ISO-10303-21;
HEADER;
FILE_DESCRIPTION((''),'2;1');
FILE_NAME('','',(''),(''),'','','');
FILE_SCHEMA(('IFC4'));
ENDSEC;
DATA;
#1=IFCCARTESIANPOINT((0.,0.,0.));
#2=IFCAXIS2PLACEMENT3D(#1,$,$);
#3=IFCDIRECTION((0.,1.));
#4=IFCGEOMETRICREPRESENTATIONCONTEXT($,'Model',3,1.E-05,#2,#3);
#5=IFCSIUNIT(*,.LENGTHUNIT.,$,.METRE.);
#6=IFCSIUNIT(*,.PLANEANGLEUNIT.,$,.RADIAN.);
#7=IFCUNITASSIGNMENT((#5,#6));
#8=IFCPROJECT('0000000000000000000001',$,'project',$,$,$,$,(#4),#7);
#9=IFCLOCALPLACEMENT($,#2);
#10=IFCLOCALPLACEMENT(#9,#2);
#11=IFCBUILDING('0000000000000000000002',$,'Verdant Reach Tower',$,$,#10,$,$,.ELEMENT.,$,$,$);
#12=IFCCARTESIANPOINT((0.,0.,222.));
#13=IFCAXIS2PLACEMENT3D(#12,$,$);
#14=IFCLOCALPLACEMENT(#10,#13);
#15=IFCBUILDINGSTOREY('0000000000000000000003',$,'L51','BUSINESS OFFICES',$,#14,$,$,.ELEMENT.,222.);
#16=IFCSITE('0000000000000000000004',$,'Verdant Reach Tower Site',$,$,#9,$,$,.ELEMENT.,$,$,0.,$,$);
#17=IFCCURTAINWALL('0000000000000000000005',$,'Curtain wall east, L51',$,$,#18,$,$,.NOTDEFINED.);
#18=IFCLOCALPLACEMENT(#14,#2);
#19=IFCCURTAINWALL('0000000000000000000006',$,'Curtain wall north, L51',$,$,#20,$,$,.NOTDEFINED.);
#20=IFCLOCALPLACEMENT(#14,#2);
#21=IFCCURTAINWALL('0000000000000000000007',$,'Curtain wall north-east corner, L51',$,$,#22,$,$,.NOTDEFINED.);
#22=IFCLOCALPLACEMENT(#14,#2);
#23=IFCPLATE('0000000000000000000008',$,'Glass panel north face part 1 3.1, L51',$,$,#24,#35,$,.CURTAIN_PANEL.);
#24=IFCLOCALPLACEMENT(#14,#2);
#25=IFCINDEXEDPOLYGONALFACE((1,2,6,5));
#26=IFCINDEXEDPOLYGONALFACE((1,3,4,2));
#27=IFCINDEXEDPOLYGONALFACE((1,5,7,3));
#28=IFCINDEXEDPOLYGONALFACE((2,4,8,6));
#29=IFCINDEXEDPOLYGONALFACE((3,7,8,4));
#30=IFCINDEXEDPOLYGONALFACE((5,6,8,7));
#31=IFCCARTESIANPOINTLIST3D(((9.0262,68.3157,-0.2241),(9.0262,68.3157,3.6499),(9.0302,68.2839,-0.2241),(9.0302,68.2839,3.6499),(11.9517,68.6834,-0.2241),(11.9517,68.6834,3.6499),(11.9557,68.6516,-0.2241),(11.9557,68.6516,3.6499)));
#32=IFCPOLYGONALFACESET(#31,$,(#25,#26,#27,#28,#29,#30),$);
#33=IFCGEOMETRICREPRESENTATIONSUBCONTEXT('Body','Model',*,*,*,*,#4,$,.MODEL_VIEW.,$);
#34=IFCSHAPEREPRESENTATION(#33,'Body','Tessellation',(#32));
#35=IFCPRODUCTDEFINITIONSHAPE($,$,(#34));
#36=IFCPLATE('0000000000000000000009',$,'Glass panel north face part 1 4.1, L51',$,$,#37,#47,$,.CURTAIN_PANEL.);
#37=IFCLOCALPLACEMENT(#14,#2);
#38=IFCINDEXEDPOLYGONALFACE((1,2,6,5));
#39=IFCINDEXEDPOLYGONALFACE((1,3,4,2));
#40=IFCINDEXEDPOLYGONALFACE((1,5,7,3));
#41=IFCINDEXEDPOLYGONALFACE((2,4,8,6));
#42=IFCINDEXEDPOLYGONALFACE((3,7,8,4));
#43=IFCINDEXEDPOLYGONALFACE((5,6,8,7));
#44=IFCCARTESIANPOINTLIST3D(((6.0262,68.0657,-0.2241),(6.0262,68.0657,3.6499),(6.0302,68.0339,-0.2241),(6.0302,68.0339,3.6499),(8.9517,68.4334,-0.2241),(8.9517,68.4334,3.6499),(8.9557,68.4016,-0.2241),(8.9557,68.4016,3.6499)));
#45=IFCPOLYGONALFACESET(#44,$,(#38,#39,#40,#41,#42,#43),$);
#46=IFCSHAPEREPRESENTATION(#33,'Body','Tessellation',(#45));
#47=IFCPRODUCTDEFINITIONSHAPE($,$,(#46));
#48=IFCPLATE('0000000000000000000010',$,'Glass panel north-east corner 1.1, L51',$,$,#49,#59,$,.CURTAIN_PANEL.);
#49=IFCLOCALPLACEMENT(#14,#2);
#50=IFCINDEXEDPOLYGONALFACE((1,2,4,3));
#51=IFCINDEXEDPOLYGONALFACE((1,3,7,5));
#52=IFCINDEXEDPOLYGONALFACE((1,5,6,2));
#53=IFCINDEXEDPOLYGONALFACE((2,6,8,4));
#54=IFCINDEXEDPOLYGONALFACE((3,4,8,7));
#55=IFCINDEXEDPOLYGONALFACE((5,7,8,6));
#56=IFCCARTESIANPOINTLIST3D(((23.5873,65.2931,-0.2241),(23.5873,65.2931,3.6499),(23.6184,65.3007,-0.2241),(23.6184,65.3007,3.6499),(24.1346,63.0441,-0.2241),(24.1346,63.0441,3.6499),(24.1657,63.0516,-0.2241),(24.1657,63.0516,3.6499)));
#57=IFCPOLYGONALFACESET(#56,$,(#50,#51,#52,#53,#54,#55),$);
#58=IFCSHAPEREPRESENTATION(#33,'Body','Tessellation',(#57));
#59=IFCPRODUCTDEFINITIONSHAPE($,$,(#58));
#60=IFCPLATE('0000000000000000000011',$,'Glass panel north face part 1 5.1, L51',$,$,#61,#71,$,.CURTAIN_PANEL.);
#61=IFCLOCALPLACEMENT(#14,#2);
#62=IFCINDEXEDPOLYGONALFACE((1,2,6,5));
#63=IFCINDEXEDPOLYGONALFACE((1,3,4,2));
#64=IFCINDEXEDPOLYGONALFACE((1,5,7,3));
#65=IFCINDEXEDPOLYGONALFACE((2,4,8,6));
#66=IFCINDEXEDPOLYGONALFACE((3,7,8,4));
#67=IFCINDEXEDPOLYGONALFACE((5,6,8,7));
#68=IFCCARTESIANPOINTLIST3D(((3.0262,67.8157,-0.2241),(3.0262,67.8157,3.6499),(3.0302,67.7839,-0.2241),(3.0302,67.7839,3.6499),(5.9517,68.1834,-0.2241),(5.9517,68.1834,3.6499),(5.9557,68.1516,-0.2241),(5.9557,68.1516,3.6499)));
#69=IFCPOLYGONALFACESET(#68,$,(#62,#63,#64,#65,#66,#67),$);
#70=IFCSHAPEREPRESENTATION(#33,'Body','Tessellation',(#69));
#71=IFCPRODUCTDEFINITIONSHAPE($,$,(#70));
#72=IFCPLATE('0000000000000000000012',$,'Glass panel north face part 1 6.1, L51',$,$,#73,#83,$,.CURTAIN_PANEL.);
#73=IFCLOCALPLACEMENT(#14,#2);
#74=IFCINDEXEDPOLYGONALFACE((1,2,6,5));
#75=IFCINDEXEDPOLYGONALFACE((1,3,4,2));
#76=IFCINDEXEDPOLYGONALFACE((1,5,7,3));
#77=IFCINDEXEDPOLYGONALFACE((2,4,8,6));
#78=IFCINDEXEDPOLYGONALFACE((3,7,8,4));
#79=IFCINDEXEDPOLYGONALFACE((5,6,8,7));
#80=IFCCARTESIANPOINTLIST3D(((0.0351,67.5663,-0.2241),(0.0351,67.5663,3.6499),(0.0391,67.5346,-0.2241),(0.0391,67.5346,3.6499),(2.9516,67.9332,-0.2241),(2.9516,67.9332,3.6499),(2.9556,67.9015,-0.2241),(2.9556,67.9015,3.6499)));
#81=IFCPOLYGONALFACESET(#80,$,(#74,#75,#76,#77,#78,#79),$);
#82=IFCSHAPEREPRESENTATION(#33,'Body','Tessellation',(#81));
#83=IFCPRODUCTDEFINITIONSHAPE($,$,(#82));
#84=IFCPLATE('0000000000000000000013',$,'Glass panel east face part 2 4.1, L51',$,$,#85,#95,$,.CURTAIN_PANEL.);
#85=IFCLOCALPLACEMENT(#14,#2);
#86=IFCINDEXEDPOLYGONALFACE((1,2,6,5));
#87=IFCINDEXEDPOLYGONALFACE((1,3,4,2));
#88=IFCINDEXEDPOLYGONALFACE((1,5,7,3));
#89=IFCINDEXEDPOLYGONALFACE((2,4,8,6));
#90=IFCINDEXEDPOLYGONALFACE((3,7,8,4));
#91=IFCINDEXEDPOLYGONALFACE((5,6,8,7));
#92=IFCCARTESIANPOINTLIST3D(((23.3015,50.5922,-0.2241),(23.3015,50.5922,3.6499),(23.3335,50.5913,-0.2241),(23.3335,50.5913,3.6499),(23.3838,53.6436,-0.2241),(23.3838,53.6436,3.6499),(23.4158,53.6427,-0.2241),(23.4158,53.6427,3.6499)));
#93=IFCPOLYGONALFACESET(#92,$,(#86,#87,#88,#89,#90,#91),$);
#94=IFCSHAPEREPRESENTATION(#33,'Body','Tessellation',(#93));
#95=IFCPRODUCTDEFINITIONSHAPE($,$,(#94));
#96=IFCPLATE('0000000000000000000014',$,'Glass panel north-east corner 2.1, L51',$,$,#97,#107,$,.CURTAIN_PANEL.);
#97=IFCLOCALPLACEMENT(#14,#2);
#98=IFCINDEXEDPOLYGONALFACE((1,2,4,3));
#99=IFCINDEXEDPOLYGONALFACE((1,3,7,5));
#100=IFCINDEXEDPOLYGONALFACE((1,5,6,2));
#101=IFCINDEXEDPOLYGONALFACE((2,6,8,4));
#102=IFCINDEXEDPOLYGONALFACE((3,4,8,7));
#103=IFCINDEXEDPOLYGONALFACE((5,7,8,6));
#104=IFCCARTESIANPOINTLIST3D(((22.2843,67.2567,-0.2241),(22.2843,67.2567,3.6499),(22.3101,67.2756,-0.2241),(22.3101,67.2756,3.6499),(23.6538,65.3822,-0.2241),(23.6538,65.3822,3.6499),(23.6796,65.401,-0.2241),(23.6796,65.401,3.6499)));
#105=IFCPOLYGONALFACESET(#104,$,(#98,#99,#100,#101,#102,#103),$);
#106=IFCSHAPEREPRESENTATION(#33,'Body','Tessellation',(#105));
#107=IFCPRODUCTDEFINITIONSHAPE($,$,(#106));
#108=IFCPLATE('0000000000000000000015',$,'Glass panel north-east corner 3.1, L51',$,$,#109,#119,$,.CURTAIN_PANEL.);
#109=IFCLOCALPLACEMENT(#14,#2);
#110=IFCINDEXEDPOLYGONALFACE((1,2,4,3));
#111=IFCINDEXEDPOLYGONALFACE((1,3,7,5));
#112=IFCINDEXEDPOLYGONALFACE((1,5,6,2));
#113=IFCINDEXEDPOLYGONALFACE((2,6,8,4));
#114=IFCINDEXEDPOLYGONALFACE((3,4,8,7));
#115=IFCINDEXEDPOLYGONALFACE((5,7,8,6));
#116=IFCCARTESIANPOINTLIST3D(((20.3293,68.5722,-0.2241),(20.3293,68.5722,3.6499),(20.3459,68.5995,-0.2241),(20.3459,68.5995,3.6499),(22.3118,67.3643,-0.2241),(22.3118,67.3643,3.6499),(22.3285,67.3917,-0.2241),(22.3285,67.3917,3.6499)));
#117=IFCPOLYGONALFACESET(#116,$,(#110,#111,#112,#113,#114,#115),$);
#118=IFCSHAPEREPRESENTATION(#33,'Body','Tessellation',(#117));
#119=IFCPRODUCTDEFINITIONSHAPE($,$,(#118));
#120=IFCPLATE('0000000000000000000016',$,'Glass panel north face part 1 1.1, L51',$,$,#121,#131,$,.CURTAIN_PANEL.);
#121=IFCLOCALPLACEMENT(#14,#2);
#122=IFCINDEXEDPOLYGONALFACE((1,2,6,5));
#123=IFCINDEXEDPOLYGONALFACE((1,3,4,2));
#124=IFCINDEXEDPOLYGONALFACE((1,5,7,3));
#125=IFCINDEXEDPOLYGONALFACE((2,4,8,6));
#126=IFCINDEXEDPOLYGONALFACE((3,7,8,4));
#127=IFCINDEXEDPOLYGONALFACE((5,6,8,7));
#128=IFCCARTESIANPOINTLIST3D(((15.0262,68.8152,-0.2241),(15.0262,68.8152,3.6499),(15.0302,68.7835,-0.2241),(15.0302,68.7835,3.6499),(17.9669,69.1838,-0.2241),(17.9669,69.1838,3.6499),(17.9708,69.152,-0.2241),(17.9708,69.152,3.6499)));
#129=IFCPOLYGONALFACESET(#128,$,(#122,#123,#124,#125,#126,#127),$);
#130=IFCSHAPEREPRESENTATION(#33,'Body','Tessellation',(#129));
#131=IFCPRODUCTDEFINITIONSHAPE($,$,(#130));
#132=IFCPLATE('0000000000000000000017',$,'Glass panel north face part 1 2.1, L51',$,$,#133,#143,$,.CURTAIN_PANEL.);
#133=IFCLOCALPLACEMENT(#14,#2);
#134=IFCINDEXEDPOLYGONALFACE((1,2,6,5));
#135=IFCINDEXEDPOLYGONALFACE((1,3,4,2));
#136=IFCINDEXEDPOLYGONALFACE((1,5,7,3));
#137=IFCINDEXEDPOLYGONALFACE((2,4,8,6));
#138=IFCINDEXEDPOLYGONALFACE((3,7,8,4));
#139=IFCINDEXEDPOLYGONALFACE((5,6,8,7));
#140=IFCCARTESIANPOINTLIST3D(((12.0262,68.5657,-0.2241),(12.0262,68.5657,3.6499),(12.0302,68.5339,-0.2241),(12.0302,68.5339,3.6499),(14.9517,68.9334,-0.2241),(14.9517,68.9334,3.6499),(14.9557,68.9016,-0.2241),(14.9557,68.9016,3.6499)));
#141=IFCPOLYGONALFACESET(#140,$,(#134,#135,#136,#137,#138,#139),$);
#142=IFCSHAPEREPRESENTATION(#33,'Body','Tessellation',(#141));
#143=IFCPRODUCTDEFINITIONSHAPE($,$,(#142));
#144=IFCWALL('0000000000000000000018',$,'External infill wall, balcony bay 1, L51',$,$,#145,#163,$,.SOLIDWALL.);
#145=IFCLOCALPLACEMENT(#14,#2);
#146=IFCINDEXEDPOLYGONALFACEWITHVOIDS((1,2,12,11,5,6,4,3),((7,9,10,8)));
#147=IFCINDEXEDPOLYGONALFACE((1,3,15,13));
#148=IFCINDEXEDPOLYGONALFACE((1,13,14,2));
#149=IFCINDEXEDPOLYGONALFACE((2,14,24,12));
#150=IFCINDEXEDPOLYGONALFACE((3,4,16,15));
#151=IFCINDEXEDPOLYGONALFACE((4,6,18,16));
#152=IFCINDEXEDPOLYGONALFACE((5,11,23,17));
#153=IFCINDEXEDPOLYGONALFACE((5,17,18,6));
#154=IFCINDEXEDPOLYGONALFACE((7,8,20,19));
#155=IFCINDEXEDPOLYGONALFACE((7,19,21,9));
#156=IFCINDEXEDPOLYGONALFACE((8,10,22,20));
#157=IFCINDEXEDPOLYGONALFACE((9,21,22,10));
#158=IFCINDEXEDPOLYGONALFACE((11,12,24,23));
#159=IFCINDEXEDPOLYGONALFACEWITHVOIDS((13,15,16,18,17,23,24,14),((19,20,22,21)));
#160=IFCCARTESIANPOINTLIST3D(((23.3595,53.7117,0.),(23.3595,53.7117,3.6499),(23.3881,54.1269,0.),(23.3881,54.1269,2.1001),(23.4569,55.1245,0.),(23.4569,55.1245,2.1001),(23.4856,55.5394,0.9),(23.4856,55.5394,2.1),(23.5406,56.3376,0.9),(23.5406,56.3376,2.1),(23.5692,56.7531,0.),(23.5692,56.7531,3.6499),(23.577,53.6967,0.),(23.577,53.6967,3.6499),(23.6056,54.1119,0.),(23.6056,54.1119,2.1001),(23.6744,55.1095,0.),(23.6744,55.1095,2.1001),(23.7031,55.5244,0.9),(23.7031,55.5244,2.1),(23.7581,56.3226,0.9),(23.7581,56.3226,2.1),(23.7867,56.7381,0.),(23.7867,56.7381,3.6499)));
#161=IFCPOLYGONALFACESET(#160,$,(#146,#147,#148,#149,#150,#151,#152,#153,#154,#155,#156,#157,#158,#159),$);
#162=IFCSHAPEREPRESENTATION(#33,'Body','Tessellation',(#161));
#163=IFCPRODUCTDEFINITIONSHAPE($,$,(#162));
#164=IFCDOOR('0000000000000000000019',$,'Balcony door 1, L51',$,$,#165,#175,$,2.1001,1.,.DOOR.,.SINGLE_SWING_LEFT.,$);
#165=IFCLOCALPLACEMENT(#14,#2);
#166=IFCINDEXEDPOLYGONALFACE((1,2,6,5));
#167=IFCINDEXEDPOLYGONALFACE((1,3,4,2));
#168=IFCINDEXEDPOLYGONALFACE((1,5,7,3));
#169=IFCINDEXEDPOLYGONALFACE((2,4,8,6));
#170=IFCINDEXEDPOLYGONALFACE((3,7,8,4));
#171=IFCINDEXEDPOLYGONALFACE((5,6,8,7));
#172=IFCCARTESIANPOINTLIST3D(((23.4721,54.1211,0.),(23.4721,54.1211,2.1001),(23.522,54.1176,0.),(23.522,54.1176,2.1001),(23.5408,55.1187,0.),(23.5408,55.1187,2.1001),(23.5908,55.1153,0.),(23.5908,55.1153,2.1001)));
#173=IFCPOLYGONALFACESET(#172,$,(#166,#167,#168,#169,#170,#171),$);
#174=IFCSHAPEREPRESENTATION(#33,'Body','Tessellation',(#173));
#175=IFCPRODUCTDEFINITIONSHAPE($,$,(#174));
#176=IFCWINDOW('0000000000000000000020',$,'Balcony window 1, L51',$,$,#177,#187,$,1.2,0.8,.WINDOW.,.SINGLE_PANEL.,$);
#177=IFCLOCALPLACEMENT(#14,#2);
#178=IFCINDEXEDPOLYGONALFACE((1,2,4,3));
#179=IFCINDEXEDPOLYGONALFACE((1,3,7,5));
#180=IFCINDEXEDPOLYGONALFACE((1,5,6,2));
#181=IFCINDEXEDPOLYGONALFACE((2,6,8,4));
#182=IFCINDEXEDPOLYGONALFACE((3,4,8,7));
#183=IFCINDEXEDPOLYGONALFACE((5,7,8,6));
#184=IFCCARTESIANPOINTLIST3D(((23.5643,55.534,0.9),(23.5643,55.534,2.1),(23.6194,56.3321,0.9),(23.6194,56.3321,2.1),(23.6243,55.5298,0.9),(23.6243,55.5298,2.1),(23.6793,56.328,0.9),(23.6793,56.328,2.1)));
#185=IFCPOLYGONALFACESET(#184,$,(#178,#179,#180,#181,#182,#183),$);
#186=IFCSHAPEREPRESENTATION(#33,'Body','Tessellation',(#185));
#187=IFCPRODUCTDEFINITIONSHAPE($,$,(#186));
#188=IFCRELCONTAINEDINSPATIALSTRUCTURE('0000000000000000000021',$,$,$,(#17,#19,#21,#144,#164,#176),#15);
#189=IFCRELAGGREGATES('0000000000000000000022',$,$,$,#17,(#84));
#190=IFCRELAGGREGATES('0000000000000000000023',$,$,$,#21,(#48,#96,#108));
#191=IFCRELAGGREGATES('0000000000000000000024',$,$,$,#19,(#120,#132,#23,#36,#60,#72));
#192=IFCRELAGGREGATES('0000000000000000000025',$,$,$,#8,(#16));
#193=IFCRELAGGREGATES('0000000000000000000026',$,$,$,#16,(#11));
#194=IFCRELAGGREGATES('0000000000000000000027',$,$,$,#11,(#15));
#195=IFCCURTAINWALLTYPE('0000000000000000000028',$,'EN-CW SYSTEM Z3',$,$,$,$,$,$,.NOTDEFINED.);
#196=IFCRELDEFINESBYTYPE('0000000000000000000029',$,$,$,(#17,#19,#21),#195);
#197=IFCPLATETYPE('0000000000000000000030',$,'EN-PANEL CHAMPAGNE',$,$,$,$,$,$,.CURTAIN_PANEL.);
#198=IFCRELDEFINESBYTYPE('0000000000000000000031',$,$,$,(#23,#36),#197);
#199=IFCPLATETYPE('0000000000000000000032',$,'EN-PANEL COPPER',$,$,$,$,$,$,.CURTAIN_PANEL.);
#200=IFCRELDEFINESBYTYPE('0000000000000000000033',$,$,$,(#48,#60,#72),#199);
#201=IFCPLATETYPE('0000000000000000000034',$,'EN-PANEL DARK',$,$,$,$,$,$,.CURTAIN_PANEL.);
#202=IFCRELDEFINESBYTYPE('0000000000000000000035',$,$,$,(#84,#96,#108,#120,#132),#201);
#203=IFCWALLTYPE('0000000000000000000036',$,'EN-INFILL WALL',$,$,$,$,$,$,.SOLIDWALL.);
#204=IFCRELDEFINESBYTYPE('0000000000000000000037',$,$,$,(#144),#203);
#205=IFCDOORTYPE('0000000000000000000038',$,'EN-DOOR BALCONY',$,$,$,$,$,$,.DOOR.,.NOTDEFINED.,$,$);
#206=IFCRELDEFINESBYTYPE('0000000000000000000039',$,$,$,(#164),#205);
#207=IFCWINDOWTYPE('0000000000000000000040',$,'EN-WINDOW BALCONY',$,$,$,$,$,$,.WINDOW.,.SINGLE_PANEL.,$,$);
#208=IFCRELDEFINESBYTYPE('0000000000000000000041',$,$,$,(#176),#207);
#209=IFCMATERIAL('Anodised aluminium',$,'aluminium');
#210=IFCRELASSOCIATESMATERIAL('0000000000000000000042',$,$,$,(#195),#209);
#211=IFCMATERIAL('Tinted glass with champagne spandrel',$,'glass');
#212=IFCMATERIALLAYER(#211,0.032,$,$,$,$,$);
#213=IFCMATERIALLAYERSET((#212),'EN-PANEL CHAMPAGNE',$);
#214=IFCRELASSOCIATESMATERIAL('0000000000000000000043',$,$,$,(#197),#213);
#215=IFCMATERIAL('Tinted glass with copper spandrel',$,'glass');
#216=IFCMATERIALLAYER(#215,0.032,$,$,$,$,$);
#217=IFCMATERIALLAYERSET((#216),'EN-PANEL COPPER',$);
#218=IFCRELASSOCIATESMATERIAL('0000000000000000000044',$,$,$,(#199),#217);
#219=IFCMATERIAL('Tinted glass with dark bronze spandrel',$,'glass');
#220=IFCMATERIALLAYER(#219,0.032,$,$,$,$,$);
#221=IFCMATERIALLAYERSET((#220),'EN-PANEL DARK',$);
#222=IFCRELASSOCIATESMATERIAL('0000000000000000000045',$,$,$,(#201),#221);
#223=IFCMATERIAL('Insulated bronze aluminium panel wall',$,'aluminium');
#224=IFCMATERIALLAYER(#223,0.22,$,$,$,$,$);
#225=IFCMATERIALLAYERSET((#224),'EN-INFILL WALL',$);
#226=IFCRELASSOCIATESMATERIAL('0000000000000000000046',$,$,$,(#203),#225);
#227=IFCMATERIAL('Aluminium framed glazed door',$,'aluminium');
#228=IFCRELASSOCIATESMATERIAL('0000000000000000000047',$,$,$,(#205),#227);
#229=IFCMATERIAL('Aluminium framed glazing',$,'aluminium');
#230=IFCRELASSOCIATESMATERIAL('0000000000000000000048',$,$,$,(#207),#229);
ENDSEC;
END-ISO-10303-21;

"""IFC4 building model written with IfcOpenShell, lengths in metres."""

from ifc_helpers import new_model, si_unit, direction, frame, frame_2d, origin, origin_2d, place, context, subcontext, project, spatial, rectangle, extrude, material, layer, layer_set, type_object, element, fill, aggregate, save


model = new_model("IFC4")

# Units and contexts
model_context = context("Model", 3, precision=1e-05, world=origin(), true_north=direction((0.0, 1.0)))
body_context = subcontext(model_context, "Body", "Model", "MODEL_VIEW")
ifc_project = project(units=[si_unit("LENGTHUNIT", "METRE"), si_unit("PLANEANGLEUNIT", "RADIAN")], contexts=[model_context])

# Site, building, storey
site_placement = place(None, origin())
site = spatial("IfcSite", under=ifc_project, at=site_placement, Name="Verdant Reach Tower Site", CompositionType="ELEMENT", RefElevation=0.0)
building_placement = place(site_placement, origin())
building = spatial("IfcBuilding", under=site, at=building_placement, Name="Verdant Reach Tower", CompositionType="ELEMENT")
storey_placement = place(building_placement, frame((0.0, 0.0, 222.0)))
storey = spatial("IfcBuildingStorey", under=building, at=storey_placement, Name="L51", Description="BUSINESS OFFICES", CompositionType="ELEMENT", Elevation=222.0)

# Curtain walls
ifc_material_1 = material(Name="Anodised aluminium", Category="aluminium")
curtain_wall_type = type_object("IfcCurtainWallType", Name="EN-CW SYSTEM Z3", PredefinedType="NOTDEFINED", material=ifc_material_1)
curtain_wall_1_placement = place(storey_placement, origin())
curtain_wall_1 = element("IfcCurtainWall", 1, at=curtain_wall_1_placement, inside=storey, type_object=curtain_wall_type, Name="Curtain wall east, L51", PredefinedType="NOTDEFINED")
curtain_wall_2_placement = place(storey_placement, origin())
curtain_wall_2 = element("IfcCurtainWall", 2, at=curtain_wall_2_placement, inside=storey, type_object=curtain_wall_type, Name="Curtain wall north, L51", PredefinedType="NOTDEFINED")

# Shared definitions
ifc_material_2 = material(Name="Tinted glass with champagne spandrel", Category="glass")
ifc_layer_1 = layer(ifc_material_2, 0.032)
ifc_layer_set_1 = layer_set([ifc_layer_1], Name="EN-PANEL CHAMPAGNE")
plate_type_1 = type_object("IfcPlateType", Name="EN-PANEL CHAMPAGNE", PredefinedType="CURTAIN_PANEL", material=ifc_layer_set_1)

# Curtain wall
curtain_wall_3_placement = place(storey_placement, origin())
curtain_wall_3 = element("IfcCurtainWall", 3, at=curtain_wall_3_placement, inside=storey, type_object=curtain_wall_type, Name="Curtain wall north-east corner, L51", PredefinedType="NOTDEFINED")

# Plates
plate_1_placement = place(storey_placement, frame((10.491, 68.4836, -0.2241), z_axis=(0.0, 0.0, 1.0), x_axis=(-0.992194, -0.124704, 0.0)))
plate_1 = element("IfcPlate", 4, at=plate_1_placement, type_object=plate_type_1, Name="Glass panel north face part 1 3.1, L51", PredefinedType="CURTAIN_PANEL", context=body_context, shape_type="SweptSolid", body=[
    extrude(rectangle(XDim=2.9485, YDim=0.032, at=origin_2d()), origin(), (0.0, 0.0, 1.0), 3.874),
])
plate_2_placement = place(storey_placement, frame((7.491, 68.2336, -0.2241), z_axis=(0.0, 0.0, 1.0), x_axis=(-0.992194, -0.124704, 0.0)))
plate_2 = element("IfcPlate", 5, at=plate_2_placement, type_object=plate_type_1, Name="Glass panel north face part 1 4.1, L51", PredefinedType="CURTAIN_PANEL", context=body_context, shape_type="SweptSolid", body=[
    extrude(rectangle(XDim=2.9485, YDim=0.032, at=origin_2d()), origin(), (0.0, 0.0, 1.0), 3.874),
])
ifc_material_3 = material(Name="Tinted glass with copper spandrel", Category="glass")
ifc_layer_2 = layer(ifc_material_3, 0.032)
ifc_layer_set_2 = layer_set([ifc_layer_2], Name="EN-PANEL COPPER")
plate_type_2 = type_object("IfcPlateType", Name="EN-PANEL COPPER", PredefinedType="CURTAIN_PANEL", material=ifc_layer_set_2)
plate_3_placement = place(storey_placement, frame((23.8765, 64.1724, -0.2241), z_axis=(0.0, 0.0, 1.0), x_axis=(-0.236446, 0.971645, 0.0)))
plate_3 = element("IfcPlate", 6, at=plate_3_placement, type_object=plate_type_2, Name="Glass panel north-east corner 1.1, L51", PredefinedType="CURTAIN_PANEL", context=body_context, shape_type="SweptSolid", body=[
    extrude(rectangle(XDim=2.3147, YDim=0.032, at=origin_2d()), origin(), (0.0, 0.0, 1.0), 3.874),
])
plate_4_placement = place(storey_placement, frame((4.491, 67.9836, -0.2241), z_axis=(0.0, 0.0, 1.0), x_axis=(-0.992194, -0.124704, 0.0)))
plate_4 = element("IfcPlate", 7, at=plate_4_placement, type_object=plate_type_2, Name="Glass panel north face part 1 5.1, L51", PredefinedType="CURTAIN_PANEL", context=body_context, shape_type="SweptSolid", body=[
    extrude(rectangle(XDim=2.9485, YDim=0.032, at=origin_2d()), origin(), (0.0, 0.0, 1.0), 3.874),
])
plate_5_placement = place(storey_placement, frame((1.4954, 67.7339, -0.2241), z_axis=(0.0, 0.0, 1.0), x_axis=(-0.992178, -0.124828, 0.0)))
plate_5 = element("IfcPlate", 8, at=plate_5_placement, type_object=plate_type_2, Name="Glass panel north face part 1 6.1, L51", PredefinedType="CURTAIN_PANEL", context=body_context, shape_type="SweptSolid", body=[
    extrude(rectangle(XDim=2.9395, YDim=0.032, at=origin_2d()), origin(), (0.0, 0.0, 1.0), 3.874),
])
ifc_material_4 = material(Name="Tinted glass with dark bronze spandrel", Category="glass")
ifc_layer_3 = layer(ifc_material_4, 0.032)
ifc_layer_set_3 = layer_set([ifc_layer_3], Name="EN-PANEL DARK")
plate_type_3 = type_object("IfcPlateType", Name="EN-PANEL DARK", PredefinedType="CURTAIN_PANEL", material=ifc_layer_set_3)
plate_6_placement = place(storey_placement, frame((23.3586, 52.1174, -0.2241), z_axis=(0.0, 0.0, 1.0), x_axis=(0.026965, 0.999636, 0.0)))
plate_6 = element("IfcPlate", 9, at=plate_6_placement, type_object=plate_type_3, Name="Glass panel east face part 2 4.1, L51", PredefinedType="CURTAIN_PANEL", context=body_context, shape_type="SweptSolid", body=[
    extrude(rectangle(XDim=3.0525, YDim=0.032, at=origin_2d()), origin(), (0.0, 0.0, 1.0), 3.874),
])
aggregate(curtain_wall_1, [plate_6])
plate_7_placement = place(storey_placement, frame((22.9819, 66.3289, -0.2241), z_axis=(0.0, 0.0, 1.0), x_axis=(-0.589927, 0.807457, 0.0)))
plate_7 = element("IfcPlate", 10, at=plate_7_placement, type_object=plate_type_3, Name="Glass panel north-east corner 2.1, L51", PredefinedType="CURTAIN_PANEL", context=body_context, shape_type="SweptSolid", body=[
    extrude(rectangle(XDim=2.3215, YDim=0.032, at=origin_2d()), origin(), (0.0, 0.0, 1.0), 3.874),
])
plate_8_placement = place(storey_placement, frame((21.3289, 67.9819, -0.2241), z_axis=(0.0, 0.0, 1.0), x_axis=(-0.853989, 0.520292, 0.0)))
plate_8 = element("IfcPlate", 11, at=plate_8_placement, type_object=plate_type_3, Name="Glass panel north-east corner 3.1, L51", PredefinedType="CURTAIN_PANEL", context=body_context, shape_type="SweptSolid", body=[
    extrude(rectangle(XDim=2.3215, YDim=0.032, at=origin_2d()), origin(), (0.0, 0.0, 1.0), 3.874),
])
aggregate(curtain_wall_3, [plate_3, plate_7, plate_8])
plate_9_placement = place(storey_placement, frame((16.4985, 68.9836, -0.2241), z_axis=(0.0, 0.0, 1.0), x_axis=(-0.992238, -0.124355, 0.0)))
plate_9 = element("IfcPlate", 12, at=plate_9_placement, type_object=plate_type_3, Name="Glass panel north face part 1 1.1, L51", PredefinedType="CURTAIN_PANEL", context=body_context, shape_type="SweptSolid", body=[
    extrude(rectangle(XDim=2.9636, YDim=0.032, at=origin_2d()), origin(), (0.0, 0.0, 1.0), 3.874),
])
plate_10_placement = place(storey_placement, frame((13.491, 68.7336, -0.2241), z_axis=(0.0, 0.0, 1.0), x_axis=(-0.992194, -0.124704, 0.0)))
plate_10 = element("IfcPlate", 13, at=plate_10_placement, type_object=plate_type_3, Name="Glass panel north face part 1 2.1, L51", PredefinedType="CURTAIN_PANEL", context=body_context, shape_type="SweptSolid", body=[
    extrude(rectangle(XDim=2.9485, YDim=0.032, at=origin_2d()), origin(), (0.0, 0.0, 1.0), 3.874),
])
aggregate(curtain_wall_2, [plate_9, plate_10, plate_1, plate_2, plate_4, plate_5])

# Wall, openings, door, window
ifc_material_5 = material(Name="Insulated bronze aluminium panel wall", Category="aluminium")
ifc_layer_4 = layer(ifc_material_5, 0.22)
ifc_layer_set_4 = layer_set([ifc_layer_4], Name="EN-INFILL WALL")
wall_type_1 = type_object("IfcWallType", Name="EN-INFILL WALL", PredefinedType="SOLIDWALL", material=ifc_layer_set_4)
wall_1_placement = place(storey_placement, frame((23.4683, 53.7041, 0.0), z_axis=(0.0, 0.0, 1.0), x_axis=(0.068794, 0.997631, 0.0)))
wall_1 = element("IfcWall", 14, at=wall_1_placement, inside=storey, type_object=wall_type_1, Name="External infill wall, balcony bay 1, L51", PredefinedType="SOLIDWALL", context=body_context, shape_type="SweptSolid", body=[
    extrude(rectangle(XDim=3.0486, YDim=0.218, at=frame_2d((1.5244, 0.0))), origin(), (0.0, 0.0, 1.0), 3.6499),
])
opening_1_placement = place(wall_1_placement, frame((0.4163, 0.0, 0.0)))
opening_1 = element("IfcOpeningElement", 15, at=opening_1_placement, cuts=wall_1, PredefinedType="OPENING", context=body_context, shape_type="SweptSolid", body=[
    extrude(rectangle(XDim=1.0, YDim=2.1001, at=frame_2d((0.5, 1.05))), frame((0.0, 0.1189, 0.0), z_axis=(0.0, -1.0, 0.0), x_axis=(1.0, 0.0, 0.0)), (0.0, 0.0, 1.0), 0.238),
])
opening_2_placement = place(wall_1_placement, frame((1.8323, 0.0, 0.8999)))
opening_2 = element("IfcOpeningElement", 16, at=opening_2_placement, cuts=wall_1, PredefinedType="OPENING", context=body_context, shape_type="SweptSolid", body=[
    extrude(rectangle(XDim=0.8, YDim=1.2, at=frame_2d((0.3999, 0.6001))), frame((0.0, 0.1189, 0.0), z_axis=(0.0, -1.0, 0.0), x_axis=(1.0, 0.0, 0.0)), (0.0, 0.0, 1.0), 0.238),
])
ifc_material_6 = material(Name="Aluminium framed glazed door", Category="aluminium")
door_type_1 = type_object("IfcDoorType", Name="EN-DOOR BALCONY", OperationType="NOTDEFINED", PredefinedType="DOOR", material=ifc_material_6)
door_1_placement = place(opening_1_placement, origin())
door_1 = element("IfcDoor", 17, at=door_1_placement, inside=storey, type_object=door_type_1, Name="Balcony door 1, L51", OperationType="SINGLE_SWING_LEFT", OverallHeight=2.1001, OverallWidth=1.0, PredefinedType="DOOR", context=body_context, shape_type="SweptSolid", body=[
    extrude(rectangle(XDim=1.0, YDim=2.1001, at=frame_2d((0.5, 1.05))), frame((0.0, 0.0249, 0.0), z_axis=(0.0, -1.0, 0.0), x_axis=(1.0, 0.0, 0.0)), (0.0, 0.0, 1.0), 0.05),
])
fill(opening_1, door_1)
ifc_material_7 = material(Name="Aluminium framed glazing", Category="aluminium")
window_type = type_object("IfcWindowType", Name="EN-WINDOW BALCONY", PartitioningType="SINGLE_PANEL", PredefinedType="WINDOW", material=ifc_material_7)
window_placement = place(opening_2_placement, origin())
window = element("IfcWindow", 18, at=window_placement, inside=storey, type_object=window_type, Name="Balcony window 1, L51", OverallHeight=1.2, OverallWidth=0.8, PartitioningType="SINGLE_PANEL", PredefinedType="WINDOW", context=body_context, shape_type="SweptSolid", body=[
    extrude(rectangle(XDim=0.8, YDim=1.2, at=frame_2d((0.3999, 0.6001))), frame((0.0, 0.03, 0.0), z_axis=(0.0, -1.0, 0.0), x_axis=(1.0, 0.0, 0.0)), (0.0, 0.0, 1.0), 0.0601),
])
fill(opening_2, window)

save(model, "model.ifc")
